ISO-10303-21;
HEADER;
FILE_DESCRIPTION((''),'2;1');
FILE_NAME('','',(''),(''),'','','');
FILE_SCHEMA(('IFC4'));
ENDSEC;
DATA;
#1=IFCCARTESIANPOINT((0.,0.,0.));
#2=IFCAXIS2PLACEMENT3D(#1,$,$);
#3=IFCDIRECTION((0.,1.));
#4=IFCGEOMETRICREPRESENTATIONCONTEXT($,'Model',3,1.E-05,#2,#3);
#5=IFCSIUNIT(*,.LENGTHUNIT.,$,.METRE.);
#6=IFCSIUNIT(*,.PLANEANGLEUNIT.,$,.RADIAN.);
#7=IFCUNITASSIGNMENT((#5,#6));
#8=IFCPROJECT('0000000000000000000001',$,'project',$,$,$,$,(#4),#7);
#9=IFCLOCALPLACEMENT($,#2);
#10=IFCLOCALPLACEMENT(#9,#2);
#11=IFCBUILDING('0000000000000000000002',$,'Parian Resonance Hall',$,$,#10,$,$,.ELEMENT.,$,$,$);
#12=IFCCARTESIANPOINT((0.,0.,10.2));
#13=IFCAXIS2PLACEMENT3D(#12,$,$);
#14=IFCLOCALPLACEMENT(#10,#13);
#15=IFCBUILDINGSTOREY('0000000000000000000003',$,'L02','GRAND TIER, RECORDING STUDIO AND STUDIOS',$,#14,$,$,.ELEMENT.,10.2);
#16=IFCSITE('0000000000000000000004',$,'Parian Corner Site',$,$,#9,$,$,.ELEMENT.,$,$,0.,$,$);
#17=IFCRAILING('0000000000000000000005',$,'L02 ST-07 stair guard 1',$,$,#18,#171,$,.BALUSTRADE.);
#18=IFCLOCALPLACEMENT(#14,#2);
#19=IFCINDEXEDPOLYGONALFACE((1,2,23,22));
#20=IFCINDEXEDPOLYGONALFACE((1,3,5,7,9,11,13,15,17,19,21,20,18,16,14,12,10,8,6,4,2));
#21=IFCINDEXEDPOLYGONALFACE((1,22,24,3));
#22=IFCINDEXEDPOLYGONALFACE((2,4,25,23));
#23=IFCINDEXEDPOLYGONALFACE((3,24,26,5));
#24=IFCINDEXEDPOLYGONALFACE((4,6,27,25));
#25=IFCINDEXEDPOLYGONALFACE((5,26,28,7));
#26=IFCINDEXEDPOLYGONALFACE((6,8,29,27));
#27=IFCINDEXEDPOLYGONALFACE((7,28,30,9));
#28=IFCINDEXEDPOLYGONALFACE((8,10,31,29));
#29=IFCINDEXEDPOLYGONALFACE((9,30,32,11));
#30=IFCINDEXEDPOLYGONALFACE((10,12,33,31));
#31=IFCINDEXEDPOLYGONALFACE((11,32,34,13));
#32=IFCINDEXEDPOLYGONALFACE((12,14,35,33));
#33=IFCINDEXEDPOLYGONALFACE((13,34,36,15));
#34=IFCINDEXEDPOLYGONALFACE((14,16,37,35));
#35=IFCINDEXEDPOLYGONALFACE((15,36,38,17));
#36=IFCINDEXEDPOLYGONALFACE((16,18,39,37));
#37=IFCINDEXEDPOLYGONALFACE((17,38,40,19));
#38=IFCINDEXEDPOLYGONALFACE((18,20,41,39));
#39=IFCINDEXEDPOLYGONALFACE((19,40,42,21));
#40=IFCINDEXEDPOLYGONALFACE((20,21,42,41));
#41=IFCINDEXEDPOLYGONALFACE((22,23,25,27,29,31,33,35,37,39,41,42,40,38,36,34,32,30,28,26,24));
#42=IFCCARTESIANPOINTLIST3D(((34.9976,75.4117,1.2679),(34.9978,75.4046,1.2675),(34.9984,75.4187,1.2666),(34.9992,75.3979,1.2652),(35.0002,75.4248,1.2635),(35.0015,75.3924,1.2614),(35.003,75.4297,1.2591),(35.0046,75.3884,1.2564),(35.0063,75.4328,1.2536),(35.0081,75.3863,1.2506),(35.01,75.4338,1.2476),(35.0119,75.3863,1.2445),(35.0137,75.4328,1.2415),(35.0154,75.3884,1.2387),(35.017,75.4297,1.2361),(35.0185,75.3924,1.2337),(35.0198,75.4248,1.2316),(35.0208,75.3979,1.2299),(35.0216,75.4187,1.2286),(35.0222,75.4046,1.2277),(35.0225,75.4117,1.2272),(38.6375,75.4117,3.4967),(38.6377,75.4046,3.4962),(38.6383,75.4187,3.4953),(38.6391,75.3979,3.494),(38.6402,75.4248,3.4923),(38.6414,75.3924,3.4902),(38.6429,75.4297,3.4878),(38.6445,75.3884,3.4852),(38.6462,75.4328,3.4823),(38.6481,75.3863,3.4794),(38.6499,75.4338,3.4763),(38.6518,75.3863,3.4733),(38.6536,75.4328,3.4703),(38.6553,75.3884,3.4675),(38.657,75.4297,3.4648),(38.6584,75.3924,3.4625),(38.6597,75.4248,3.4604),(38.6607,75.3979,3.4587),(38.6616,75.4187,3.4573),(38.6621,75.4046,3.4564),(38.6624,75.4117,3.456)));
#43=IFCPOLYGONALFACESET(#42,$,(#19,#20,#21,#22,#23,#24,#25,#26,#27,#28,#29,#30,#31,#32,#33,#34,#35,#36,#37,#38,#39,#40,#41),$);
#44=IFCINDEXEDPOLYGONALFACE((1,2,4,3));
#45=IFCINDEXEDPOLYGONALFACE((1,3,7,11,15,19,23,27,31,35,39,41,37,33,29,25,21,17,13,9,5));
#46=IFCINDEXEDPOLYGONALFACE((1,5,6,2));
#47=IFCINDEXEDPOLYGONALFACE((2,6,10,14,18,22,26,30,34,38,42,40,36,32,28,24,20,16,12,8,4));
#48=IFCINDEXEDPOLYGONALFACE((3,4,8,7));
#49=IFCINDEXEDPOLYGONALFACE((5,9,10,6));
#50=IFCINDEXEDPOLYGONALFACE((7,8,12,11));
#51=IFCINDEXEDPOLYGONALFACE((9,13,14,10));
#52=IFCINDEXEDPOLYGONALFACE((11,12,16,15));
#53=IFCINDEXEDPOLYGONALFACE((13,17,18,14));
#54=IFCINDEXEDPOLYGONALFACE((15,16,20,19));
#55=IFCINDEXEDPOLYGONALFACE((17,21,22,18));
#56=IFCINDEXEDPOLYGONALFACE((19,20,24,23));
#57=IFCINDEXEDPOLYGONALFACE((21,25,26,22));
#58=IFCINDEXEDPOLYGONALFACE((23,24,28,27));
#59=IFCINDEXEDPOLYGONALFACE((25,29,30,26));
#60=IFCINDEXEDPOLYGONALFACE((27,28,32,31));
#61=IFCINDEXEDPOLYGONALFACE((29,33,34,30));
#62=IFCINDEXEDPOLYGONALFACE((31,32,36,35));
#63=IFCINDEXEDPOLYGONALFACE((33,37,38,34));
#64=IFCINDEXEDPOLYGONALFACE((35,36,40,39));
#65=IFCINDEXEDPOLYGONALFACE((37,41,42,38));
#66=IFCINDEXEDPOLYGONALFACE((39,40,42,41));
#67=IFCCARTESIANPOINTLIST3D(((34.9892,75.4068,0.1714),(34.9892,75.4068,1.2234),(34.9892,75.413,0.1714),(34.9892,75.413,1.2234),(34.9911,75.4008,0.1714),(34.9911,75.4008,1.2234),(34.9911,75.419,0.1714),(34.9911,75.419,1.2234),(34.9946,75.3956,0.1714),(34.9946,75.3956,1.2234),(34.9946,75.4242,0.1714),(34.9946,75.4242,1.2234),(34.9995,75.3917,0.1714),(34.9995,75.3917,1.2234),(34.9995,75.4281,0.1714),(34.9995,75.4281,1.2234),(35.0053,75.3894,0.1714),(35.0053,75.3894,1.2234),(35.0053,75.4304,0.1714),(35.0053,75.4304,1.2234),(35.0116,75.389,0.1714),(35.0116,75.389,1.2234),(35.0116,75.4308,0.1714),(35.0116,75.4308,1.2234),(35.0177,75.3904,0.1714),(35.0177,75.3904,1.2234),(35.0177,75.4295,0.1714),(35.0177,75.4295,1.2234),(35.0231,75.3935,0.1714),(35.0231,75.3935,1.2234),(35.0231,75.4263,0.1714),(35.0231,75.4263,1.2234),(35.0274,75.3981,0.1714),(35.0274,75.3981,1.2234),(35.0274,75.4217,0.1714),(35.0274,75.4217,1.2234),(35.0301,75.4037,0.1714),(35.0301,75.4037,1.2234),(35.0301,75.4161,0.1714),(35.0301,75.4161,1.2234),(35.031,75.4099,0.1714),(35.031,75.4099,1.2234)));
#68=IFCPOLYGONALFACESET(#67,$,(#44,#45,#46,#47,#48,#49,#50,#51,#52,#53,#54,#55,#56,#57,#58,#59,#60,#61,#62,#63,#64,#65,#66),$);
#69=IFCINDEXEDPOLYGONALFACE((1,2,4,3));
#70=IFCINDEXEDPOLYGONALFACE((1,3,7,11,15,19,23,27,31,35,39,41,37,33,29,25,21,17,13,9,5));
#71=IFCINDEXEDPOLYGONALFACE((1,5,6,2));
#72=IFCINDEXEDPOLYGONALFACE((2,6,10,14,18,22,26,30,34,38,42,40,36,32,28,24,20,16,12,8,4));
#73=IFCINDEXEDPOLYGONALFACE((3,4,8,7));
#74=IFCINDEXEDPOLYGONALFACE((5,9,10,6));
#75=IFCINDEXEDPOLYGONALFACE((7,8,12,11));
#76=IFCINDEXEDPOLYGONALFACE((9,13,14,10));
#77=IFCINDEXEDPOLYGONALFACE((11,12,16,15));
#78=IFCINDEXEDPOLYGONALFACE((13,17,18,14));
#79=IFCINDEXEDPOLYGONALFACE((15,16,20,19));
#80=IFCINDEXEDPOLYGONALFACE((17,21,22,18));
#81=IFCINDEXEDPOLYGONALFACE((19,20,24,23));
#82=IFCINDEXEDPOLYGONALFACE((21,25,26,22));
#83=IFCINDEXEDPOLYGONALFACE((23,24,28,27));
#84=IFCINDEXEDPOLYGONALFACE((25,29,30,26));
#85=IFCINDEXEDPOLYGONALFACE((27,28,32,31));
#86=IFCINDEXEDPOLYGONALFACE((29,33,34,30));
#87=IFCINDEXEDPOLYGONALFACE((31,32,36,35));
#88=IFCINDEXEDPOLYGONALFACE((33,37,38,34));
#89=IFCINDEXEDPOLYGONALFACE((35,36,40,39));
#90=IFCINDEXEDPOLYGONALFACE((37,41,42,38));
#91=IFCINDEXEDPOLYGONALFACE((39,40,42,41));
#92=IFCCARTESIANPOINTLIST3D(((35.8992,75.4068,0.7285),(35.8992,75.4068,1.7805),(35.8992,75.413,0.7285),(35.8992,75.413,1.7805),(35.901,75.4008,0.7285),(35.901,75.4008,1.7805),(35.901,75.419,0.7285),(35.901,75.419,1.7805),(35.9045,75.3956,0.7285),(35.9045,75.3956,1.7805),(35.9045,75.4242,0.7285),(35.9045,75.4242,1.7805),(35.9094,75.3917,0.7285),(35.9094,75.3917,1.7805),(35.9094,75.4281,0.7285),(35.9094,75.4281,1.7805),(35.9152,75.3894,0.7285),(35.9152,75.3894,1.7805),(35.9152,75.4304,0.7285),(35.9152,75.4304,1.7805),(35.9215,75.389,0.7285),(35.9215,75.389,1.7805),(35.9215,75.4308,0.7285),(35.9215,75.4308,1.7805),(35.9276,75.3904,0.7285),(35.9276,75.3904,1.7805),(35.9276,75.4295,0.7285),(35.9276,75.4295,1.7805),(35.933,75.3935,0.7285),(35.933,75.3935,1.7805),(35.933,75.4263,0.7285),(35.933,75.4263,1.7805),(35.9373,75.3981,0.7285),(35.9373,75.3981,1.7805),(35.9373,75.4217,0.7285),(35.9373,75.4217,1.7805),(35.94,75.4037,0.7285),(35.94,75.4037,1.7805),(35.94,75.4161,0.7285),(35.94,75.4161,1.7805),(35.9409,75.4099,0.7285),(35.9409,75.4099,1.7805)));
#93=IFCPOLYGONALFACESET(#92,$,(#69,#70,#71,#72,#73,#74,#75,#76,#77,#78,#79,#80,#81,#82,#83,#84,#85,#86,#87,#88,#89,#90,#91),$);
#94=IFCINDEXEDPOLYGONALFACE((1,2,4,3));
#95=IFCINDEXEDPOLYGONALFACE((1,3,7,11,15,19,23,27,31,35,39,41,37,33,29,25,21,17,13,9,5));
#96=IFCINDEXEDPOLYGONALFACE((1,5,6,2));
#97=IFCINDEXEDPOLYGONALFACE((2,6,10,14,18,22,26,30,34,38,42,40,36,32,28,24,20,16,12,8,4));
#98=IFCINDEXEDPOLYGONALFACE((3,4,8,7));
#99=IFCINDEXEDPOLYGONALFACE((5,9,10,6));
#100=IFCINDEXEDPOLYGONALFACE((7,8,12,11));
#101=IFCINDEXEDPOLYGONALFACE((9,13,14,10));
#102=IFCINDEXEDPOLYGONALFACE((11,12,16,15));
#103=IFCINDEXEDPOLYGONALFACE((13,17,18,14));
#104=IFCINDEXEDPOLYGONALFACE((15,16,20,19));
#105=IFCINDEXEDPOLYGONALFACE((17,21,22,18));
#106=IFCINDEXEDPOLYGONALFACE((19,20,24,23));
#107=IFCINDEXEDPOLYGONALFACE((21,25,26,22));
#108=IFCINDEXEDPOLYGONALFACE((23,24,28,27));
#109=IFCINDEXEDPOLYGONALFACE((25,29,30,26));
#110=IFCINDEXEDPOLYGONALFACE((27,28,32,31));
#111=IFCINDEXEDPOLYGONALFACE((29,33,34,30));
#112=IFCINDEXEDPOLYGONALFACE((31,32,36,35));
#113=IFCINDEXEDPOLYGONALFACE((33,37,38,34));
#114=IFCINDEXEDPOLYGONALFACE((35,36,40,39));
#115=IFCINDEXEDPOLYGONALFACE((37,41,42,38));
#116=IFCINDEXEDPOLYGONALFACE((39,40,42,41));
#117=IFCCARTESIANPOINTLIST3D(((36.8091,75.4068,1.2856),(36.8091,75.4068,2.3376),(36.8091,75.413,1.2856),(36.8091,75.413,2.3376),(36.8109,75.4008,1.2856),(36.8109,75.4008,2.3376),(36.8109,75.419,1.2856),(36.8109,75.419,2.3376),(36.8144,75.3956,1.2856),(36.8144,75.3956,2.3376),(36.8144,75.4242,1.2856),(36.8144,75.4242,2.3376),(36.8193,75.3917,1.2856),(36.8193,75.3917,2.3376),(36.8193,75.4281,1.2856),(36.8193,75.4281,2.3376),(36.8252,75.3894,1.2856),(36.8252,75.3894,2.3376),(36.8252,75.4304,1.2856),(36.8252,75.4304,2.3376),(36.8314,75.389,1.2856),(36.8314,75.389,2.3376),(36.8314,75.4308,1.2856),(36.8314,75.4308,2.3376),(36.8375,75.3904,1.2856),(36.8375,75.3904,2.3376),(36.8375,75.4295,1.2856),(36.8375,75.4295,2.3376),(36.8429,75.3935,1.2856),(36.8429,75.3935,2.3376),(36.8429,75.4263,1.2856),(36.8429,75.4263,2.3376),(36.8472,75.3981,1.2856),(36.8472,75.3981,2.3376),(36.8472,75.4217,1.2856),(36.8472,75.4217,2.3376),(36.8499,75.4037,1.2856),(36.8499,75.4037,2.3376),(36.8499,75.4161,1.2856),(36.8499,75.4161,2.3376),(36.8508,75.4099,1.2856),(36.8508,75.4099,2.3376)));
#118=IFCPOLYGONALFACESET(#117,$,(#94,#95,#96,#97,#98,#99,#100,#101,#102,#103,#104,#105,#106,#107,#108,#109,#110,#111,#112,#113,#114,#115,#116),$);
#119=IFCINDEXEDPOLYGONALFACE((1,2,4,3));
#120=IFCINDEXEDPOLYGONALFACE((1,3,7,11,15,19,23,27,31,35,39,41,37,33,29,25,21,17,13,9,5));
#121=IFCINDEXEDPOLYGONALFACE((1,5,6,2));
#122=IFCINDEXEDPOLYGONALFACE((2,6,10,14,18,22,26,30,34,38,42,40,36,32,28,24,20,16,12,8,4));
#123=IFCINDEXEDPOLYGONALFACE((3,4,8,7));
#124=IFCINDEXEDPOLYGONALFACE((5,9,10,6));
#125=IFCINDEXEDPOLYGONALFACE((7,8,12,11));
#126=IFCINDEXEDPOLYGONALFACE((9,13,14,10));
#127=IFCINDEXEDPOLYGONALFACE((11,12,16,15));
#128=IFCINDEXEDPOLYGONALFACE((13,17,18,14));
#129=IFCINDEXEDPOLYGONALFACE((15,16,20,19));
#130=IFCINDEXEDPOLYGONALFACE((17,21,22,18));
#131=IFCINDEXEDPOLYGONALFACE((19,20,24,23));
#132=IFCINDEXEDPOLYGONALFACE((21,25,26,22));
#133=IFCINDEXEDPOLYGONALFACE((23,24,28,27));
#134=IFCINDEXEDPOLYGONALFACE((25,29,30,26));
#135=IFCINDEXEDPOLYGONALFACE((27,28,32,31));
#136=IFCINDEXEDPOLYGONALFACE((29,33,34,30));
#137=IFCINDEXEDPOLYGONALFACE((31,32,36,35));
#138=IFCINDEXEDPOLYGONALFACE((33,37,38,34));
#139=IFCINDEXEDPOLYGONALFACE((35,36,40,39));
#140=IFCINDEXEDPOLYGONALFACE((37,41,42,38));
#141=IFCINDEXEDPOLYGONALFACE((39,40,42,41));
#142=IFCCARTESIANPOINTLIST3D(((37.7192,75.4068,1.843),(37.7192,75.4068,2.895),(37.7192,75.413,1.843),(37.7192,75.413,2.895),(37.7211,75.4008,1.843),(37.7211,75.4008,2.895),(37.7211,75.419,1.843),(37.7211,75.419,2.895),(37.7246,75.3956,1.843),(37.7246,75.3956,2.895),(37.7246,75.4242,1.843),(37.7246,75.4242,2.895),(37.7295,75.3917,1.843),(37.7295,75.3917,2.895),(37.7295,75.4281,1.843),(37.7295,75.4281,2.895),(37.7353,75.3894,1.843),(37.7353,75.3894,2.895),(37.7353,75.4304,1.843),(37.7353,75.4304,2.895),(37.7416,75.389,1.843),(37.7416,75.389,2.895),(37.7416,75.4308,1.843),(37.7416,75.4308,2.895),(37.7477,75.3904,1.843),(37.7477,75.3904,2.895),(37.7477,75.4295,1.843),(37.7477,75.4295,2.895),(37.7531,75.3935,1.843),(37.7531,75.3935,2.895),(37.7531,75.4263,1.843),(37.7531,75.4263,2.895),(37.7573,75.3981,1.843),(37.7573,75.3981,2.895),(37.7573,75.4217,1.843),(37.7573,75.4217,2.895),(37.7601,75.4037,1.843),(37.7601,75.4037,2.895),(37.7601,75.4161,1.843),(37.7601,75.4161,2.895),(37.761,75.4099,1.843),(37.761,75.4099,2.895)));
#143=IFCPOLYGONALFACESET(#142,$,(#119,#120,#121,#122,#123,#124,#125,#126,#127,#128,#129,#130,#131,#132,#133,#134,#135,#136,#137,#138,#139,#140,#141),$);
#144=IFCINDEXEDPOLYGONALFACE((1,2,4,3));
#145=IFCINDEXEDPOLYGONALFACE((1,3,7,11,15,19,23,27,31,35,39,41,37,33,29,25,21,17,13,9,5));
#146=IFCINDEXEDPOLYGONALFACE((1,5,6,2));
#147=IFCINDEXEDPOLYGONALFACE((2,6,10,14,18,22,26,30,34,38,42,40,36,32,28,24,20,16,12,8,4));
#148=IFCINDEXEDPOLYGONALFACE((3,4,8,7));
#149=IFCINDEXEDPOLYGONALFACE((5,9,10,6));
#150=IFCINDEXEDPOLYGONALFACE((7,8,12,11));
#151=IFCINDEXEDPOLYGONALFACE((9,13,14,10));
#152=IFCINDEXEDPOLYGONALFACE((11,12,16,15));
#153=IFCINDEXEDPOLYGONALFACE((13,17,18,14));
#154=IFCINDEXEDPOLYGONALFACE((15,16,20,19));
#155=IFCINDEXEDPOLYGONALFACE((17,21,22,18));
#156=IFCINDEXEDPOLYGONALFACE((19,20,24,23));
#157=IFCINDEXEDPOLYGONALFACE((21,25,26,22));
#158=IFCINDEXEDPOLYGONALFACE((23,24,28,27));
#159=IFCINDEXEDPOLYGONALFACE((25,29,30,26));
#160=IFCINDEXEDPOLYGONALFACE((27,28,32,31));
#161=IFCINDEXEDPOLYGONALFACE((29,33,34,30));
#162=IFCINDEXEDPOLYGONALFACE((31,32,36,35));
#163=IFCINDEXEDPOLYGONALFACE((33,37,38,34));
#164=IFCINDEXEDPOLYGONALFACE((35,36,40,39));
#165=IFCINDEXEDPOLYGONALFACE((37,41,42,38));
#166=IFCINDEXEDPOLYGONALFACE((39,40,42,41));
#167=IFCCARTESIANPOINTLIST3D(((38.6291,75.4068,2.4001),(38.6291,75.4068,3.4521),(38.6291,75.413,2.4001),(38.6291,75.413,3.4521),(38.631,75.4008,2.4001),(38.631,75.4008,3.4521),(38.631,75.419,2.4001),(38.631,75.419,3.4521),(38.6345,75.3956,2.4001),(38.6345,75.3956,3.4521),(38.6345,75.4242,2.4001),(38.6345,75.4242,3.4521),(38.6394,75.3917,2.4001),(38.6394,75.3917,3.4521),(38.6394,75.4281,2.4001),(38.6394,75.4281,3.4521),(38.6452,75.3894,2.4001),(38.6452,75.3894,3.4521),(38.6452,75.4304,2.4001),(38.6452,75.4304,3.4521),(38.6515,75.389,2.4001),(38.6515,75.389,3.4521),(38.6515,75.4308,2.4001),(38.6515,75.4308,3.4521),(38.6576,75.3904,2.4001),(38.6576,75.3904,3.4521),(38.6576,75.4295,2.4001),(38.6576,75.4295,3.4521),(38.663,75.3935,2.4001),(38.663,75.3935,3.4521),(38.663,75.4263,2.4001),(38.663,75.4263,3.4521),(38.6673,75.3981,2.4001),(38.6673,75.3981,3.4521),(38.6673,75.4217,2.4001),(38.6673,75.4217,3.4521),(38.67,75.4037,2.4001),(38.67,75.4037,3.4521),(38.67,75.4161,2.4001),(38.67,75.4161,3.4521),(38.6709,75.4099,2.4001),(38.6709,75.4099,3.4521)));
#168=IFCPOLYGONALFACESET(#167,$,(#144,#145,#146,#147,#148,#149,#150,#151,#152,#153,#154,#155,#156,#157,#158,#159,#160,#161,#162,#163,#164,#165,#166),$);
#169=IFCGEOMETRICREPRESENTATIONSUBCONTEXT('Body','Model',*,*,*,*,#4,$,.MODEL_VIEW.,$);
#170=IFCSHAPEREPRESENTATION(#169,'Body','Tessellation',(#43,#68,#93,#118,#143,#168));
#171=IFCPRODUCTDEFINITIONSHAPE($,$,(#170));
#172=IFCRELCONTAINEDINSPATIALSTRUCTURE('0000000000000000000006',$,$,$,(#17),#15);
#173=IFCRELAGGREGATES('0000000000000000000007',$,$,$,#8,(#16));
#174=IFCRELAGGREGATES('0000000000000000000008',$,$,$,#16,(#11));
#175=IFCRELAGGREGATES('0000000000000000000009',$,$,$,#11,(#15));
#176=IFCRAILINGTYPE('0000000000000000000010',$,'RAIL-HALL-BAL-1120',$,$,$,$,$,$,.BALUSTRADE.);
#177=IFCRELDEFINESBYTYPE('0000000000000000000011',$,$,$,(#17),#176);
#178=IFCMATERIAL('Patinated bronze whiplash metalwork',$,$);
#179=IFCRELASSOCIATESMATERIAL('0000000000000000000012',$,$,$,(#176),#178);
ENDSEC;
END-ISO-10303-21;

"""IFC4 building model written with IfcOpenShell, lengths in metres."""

from ifc_helpers import new_model, si_unit, direction, frame, origin, origin_2d, place, context, subcontext, project, spatial, circle, extrude, material, type_object, element, save


model = new_model("IFC4")

# Units and contexts
model_context = context("Model", 3, precision=1e-05, world=origin(), true_north=direction((0.0, 1.0)))
body_context = subcontext(model_context, "Body", "Model", "MODEL_VIEW")
ifc_project = project(units=[si_unit("LENGTHUNIT", "METRE"), si_unit("PLANEANGLEUNIT", "RADIAN")], contexts=[model_context])

# Site, building, storey
site_placement = place(None, origin())
site = spatial("IfcSite", under=ifc_project, at=site_placement, Name="Parian Corner Site", CompositionType="ELEMENT", RefElevation=0.0)
building_placement = place(site_placement, origin())
building = spatial("IfcBuilding", under=site, at=building_placement, Name="Parian Resonance Hall", CompositionType="ELEMENT")
storey_placement = place(building_placement, frame((0.0, 0.0, 10.2)))
storey = spatial("IfcBuildingStorey", under=building, at=storey_placement, Name="L02", Description="GRAND TIER, RECORDING STUDIO AND STUDIOS", CompositionType="ELEMENT", Elevation=10.2)

# Railing
ifc_material_1 = material(Name="Patinated bronze whiplash metalwork")
railing_type_1 = type_object("IfcRailingType", Name="RAIL-HALL-BAL-1120", PredefinedType="BALUSTRADE", material=ifc_material_1)
railing_1_placement = place(storey_placement, frame((35.01, 75.4099, 0.1714)))
element("IfcRailing", 1, at=railing_1_placement, inside=storey, type_object=railing_type_1, Name="L02 ST-07 stair guard 1", PredefinedType="BALUSTRADE", context=body_context, shape_type="SweptSolid", body=[
    extrude(circle(Radius=0.0239, at=origin_2d()), frame((0.0, 0.0, 1.0762), z_axis=(0.852825, 0.0, 0.522197), x_axis=(0.0, 1.0, 0.0)), (0.0, 0.0, 1.0), 4.2681),
    extrude(circle(Radius=0.021, at=origin_2d()), origin(), (0.0, 0.0, 1.0), 1.052),
    extrude(circle(Radius=0.021, at=origin_2d()), frame((0.9099, 0.0, 0.5571)), (0.0, 0.0, 1.0), 1.052),
    extrude(circle(Radius=0.021, at=origin_2d()), frame((1.8198, 0.0, 1.1143)), (0.0, 0.0, 1.0), 1.052),
    extrude(circle(Radius=0.021, at=origin_2d()), frame((2.73, 0.0, 1.6716)), (0.0, 0.0, 1.0), 1.052),
    extrude(circle(Radius=0.021, at=origin_2d()), frame((3.6399, 0.0, 2.2288)), (0.0, 0.0, 1.0), 1.052),
])

save(model, "model.ifc")
